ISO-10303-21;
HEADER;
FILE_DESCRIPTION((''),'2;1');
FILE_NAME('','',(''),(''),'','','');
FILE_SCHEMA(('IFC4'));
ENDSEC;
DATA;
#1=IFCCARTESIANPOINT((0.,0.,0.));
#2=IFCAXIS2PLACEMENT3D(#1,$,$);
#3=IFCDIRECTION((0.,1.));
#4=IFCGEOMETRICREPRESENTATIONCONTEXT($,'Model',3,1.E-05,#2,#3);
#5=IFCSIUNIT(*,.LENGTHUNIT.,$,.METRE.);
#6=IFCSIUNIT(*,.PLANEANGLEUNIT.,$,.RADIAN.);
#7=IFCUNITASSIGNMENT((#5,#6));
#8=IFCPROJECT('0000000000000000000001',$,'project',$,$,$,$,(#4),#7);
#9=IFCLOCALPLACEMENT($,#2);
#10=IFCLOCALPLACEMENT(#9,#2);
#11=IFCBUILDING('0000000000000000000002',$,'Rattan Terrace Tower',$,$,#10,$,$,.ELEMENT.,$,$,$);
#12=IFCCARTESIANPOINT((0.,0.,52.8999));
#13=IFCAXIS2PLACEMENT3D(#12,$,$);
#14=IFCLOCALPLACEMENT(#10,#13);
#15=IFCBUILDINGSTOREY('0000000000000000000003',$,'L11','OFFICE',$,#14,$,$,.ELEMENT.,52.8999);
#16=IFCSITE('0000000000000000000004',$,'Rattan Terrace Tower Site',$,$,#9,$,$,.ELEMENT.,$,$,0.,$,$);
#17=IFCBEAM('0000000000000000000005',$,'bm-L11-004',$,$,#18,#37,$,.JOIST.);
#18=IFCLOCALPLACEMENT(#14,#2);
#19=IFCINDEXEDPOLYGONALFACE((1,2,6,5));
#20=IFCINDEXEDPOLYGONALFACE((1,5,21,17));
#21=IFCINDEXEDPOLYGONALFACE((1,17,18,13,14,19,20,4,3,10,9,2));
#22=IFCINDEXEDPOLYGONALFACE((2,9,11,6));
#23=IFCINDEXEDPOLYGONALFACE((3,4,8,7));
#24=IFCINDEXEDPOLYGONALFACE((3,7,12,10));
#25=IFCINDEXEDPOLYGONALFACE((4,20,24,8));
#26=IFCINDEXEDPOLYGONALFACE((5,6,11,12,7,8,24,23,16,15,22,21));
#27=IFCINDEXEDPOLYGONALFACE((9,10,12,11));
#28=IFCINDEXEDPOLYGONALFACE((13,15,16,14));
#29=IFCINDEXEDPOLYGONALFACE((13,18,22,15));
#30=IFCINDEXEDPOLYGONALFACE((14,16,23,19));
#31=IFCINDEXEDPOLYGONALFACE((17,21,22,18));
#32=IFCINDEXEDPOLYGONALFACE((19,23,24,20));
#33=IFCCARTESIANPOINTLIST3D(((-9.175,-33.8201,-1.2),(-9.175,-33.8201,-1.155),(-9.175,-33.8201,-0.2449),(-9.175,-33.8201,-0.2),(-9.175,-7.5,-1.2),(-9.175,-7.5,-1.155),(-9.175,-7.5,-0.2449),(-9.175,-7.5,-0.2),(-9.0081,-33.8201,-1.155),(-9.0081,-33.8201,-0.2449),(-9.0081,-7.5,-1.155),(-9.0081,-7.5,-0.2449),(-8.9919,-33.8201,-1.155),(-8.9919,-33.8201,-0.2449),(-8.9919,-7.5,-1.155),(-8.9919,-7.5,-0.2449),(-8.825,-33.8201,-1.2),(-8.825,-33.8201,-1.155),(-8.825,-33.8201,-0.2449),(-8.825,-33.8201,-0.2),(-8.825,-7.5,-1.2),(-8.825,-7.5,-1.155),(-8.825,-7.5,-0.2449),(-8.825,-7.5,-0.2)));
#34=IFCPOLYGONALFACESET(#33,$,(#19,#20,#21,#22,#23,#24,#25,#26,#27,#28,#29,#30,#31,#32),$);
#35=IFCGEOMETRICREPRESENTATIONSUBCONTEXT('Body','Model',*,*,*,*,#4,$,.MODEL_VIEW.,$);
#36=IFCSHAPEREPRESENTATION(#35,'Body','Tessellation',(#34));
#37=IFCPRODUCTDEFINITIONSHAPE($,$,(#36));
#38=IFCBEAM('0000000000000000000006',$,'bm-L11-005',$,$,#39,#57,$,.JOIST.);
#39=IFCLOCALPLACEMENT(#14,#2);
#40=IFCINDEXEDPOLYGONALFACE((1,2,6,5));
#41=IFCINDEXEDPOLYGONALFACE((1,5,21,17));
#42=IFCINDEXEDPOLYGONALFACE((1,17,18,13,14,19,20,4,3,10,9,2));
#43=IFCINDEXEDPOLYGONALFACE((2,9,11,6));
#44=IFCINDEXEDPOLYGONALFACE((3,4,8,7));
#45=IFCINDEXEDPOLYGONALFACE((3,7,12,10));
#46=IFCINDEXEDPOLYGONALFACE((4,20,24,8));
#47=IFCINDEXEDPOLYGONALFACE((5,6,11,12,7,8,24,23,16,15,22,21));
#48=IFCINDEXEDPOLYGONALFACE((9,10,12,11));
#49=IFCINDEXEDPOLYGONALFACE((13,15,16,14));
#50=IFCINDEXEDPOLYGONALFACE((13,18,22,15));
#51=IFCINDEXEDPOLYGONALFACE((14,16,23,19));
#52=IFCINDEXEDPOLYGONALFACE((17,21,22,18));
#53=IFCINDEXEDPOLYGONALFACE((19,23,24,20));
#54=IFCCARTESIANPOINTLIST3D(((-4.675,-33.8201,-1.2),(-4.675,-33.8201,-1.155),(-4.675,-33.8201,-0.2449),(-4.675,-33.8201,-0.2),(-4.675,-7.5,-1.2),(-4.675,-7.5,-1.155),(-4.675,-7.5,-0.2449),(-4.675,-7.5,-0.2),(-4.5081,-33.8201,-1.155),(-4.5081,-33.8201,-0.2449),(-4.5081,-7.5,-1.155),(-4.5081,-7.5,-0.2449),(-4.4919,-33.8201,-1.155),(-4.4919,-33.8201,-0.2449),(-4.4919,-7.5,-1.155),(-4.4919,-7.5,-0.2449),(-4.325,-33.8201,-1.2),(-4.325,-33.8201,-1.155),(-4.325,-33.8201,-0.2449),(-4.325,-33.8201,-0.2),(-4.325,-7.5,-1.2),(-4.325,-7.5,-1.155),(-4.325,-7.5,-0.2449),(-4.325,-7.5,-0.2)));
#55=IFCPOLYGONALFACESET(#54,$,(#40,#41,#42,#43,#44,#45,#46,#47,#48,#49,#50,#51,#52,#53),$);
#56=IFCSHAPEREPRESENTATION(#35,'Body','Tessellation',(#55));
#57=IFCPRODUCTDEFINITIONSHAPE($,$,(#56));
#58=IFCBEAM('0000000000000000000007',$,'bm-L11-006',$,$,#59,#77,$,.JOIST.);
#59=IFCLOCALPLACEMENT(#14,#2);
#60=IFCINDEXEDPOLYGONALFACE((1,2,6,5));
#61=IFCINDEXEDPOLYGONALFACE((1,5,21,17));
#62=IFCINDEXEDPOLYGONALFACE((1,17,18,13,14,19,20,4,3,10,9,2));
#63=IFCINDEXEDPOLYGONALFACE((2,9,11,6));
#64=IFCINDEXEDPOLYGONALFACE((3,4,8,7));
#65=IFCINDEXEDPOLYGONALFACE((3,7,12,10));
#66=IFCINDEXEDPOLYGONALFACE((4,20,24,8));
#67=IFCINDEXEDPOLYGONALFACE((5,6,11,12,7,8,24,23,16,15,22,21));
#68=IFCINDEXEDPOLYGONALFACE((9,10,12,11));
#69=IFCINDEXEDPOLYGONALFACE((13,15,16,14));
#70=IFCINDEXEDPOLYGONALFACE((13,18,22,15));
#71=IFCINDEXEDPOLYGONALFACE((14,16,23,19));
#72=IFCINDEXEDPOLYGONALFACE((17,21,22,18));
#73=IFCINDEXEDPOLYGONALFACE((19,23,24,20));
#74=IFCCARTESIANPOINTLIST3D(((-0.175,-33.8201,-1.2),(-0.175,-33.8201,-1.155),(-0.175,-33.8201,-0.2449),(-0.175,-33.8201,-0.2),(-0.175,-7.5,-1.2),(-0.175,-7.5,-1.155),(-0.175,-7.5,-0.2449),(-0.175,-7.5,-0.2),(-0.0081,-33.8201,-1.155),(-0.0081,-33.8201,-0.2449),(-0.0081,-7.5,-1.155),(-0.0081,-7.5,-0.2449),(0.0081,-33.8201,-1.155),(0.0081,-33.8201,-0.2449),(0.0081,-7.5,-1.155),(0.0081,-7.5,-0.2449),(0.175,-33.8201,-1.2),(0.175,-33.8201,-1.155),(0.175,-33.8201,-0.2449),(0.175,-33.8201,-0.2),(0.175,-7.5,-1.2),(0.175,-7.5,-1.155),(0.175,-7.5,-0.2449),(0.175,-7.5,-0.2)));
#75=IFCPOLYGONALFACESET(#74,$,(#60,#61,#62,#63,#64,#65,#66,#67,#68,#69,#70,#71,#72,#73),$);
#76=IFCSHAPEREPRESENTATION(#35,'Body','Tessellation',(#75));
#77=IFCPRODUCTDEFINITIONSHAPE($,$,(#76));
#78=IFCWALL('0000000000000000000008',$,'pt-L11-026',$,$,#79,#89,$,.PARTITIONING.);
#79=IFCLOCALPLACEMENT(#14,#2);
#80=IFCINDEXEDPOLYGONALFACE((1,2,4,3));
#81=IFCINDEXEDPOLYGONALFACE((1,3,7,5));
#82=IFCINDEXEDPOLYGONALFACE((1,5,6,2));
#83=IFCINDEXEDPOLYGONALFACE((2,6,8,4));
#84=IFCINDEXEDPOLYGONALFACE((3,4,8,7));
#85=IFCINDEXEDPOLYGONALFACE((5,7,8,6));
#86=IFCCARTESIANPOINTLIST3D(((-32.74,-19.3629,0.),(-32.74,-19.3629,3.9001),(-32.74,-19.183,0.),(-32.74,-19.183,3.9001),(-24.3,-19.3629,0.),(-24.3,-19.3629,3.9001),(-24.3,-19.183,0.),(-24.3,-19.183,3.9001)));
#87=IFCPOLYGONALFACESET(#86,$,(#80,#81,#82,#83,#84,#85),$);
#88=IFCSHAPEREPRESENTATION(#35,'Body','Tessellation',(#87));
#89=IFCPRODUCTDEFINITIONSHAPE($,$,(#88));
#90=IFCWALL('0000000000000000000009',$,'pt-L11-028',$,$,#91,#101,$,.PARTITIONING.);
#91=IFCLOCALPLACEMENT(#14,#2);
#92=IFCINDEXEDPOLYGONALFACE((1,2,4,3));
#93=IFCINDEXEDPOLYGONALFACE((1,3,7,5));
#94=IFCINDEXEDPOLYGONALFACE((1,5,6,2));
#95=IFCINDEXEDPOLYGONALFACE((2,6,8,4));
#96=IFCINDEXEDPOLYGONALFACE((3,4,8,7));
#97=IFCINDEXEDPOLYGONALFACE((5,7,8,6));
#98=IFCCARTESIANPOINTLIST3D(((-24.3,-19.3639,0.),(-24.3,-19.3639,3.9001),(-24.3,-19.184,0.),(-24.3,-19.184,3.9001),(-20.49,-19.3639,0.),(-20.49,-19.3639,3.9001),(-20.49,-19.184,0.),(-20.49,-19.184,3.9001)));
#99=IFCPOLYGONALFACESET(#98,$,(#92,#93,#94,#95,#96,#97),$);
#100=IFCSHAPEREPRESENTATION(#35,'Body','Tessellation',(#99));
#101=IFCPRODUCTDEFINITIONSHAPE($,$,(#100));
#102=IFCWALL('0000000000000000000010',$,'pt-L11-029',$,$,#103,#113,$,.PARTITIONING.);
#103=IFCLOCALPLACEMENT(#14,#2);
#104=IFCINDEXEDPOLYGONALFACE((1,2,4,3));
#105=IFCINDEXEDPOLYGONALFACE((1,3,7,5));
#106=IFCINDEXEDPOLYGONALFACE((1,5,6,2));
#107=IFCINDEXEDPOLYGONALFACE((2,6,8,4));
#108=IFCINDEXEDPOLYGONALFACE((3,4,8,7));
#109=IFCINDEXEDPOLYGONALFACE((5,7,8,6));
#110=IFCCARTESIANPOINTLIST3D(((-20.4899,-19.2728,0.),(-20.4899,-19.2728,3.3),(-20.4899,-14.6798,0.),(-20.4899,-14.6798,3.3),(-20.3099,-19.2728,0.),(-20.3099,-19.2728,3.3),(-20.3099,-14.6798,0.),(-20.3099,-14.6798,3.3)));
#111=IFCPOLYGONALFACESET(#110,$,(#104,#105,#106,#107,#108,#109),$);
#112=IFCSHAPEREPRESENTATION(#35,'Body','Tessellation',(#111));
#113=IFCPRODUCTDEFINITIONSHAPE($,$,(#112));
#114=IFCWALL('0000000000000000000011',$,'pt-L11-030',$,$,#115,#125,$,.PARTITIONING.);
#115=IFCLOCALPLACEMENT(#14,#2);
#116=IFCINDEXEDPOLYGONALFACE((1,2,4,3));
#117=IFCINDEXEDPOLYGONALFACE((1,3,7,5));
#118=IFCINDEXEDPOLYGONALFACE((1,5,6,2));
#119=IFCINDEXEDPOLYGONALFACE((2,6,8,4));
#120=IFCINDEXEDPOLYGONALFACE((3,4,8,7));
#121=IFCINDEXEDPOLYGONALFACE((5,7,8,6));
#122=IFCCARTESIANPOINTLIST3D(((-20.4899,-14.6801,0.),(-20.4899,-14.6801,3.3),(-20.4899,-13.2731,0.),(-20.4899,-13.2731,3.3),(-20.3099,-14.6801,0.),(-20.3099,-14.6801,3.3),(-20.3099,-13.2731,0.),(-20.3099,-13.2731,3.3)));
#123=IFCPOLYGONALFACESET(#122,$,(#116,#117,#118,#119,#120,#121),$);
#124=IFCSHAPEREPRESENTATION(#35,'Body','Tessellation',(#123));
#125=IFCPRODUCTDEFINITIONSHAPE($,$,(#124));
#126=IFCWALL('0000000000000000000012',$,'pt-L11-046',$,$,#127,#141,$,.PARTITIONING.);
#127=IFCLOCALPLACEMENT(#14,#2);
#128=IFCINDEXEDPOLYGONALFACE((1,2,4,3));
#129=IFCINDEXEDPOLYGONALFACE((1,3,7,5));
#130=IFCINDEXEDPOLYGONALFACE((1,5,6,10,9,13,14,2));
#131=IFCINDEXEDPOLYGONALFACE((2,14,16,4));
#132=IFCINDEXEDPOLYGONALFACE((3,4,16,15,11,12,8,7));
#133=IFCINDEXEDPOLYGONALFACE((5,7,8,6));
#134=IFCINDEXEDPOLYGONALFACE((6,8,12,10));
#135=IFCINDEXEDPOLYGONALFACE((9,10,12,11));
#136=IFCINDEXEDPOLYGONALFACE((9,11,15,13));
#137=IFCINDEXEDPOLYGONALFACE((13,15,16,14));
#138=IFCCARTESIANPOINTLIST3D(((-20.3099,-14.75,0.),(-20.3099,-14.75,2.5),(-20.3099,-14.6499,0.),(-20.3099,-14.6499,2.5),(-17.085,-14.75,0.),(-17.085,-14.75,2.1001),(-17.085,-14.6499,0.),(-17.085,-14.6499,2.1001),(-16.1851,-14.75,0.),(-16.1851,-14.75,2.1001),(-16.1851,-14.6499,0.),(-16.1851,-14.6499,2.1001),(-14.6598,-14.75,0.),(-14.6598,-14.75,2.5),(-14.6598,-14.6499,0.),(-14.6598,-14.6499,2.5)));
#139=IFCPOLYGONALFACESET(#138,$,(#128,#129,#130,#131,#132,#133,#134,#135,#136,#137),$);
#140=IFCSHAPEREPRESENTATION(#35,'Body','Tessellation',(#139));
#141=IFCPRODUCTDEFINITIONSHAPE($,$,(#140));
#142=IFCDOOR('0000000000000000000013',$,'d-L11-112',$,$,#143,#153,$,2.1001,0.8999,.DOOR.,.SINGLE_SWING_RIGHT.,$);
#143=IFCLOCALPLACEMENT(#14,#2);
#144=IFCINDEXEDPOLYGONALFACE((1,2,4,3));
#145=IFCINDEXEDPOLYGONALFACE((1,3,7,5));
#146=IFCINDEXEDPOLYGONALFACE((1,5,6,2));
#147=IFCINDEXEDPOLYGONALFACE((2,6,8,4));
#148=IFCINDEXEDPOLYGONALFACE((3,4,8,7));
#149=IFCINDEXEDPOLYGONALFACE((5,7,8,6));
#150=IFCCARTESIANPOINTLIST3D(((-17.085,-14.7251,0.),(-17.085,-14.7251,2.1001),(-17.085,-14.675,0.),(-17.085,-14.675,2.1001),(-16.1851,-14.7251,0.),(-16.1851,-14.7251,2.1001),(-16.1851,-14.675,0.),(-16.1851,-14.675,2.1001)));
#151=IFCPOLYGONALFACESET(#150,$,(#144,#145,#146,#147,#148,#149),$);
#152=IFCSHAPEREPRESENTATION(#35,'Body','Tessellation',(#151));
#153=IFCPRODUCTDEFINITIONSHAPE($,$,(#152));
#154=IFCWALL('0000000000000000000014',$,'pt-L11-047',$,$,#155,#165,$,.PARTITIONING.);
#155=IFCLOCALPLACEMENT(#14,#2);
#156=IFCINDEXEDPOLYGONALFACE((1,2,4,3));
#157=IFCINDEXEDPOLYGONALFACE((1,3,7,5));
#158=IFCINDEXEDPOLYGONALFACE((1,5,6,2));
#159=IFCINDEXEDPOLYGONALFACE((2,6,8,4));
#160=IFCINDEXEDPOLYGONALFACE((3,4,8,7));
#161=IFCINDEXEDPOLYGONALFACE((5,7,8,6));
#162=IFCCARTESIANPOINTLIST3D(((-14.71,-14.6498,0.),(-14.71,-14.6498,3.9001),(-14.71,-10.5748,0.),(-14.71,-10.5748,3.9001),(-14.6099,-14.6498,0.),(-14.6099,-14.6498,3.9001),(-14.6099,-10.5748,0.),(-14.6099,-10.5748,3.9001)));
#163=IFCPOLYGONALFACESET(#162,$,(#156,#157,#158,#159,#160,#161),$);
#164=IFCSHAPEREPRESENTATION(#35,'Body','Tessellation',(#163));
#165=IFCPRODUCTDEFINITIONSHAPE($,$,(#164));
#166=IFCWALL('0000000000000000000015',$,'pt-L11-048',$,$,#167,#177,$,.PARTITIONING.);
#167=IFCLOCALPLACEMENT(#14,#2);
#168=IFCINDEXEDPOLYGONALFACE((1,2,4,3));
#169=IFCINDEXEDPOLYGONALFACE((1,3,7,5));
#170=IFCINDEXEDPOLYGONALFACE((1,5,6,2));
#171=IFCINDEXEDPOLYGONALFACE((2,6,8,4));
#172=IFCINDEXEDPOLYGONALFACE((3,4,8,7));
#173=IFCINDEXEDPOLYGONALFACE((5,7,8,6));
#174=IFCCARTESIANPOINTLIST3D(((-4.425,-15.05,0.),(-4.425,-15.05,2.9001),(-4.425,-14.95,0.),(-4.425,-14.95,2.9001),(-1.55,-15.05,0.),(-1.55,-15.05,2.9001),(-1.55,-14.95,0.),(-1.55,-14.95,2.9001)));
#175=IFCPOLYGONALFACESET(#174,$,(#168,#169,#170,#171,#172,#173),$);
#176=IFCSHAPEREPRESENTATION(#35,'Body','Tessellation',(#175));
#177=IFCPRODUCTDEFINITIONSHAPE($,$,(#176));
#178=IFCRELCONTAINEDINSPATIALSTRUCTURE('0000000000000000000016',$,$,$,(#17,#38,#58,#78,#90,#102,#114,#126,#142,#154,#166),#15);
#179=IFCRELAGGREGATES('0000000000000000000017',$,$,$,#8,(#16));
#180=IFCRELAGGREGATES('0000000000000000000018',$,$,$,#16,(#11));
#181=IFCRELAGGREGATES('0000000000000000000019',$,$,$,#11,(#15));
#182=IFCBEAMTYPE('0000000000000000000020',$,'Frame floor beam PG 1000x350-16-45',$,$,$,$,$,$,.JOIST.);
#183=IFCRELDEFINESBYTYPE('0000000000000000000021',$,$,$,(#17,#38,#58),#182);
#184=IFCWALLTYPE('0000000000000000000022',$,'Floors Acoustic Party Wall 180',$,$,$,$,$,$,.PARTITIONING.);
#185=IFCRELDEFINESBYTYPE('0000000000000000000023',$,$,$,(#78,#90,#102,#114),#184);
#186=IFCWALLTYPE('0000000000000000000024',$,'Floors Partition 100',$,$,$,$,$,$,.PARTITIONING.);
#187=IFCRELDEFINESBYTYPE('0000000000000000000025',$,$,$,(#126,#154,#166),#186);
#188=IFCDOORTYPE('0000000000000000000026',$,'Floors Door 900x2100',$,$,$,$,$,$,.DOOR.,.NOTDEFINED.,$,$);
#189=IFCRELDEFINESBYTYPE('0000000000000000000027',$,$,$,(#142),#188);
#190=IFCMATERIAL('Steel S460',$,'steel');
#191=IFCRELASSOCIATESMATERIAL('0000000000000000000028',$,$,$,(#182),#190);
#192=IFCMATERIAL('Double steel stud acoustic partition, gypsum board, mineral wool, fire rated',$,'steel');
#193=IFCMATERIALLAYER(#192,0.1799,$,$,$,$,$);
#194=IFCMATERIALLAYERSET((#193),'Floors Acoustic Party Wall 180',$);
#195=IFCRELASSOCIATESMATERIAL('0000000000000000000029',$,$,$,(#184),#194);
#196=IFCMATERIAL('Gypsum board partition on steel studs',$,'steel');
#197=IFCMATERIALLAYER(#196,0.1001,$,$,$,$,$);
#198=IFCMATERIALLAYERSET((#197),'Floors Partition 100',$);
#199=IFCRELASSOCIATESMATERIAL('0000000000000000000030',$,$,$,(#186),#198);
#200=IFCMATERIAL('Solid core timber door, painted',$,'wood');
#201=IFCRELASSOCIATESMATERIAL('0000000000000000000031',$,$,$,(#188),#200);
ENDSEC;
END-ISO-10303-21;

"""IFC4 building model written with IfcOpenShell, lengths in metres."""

from ifc_helpers import new_model, si_unit, direction, frame, frame_2d, origin, origin_2d, place, context, subcontext, project, spatial, rectangle, i_section, extrude, material, layer, layer_set, material_profile, profile_set, type_object, element, fill, save


model = new_model("IFC4")

# Units and contexts
model_context = context("Model", 3, precision=1e-05, world=origin(), true_north=direction((0.0, 1.0)))
body_context = subcontext(model_context, "Body", "Model", "MODEL_VIEW")
ifc_project = project(units=[si_unit("LENGTHUNIT", "METRE"), si_unit("PLANEANGLEUNIT", "RADIAN")], contexts=[model_context])

# Site, building, storey
site_placement = place(None, origin())
site = spatial("IfcSite", under=ifc_project, at=site_placement, Name="Rattan Terrace Tower Site", CompositionType="ELEMENT", RefElevation=0.0)
building_placement = place(site_placement, origin())
building = spatial("IfcBuilding", under=site, at=building_placement, Name="Rattan Terrace Tower", CompositionType="ELEMENT")
storey_placement = place(building_placement, frame((0.0, 0.0, 52.8999)))
storey = spatial("IfcBuildingStorey", under=building, at=storey_placement, Name="L11", Description="OFFICE", CompositionType="ELEMENT", Elevation=52.8999)

# Beams
ifc_material_1 = material(Name="Steel S460", Category="steel")
ifc_material_profile = material_profile(ifc_material_1, i_section(OverallWidth=0.3501, OverallDepth=1.0, WebThickness=0.0161, FlangeThickness=0.0449, at=origin_2d()), Name="PG 1000x350-16-45")
ifc_profile_set = profile_set([ifc_material_profile], Name="Steel S460")
beam_type = type_object("IfcBeamType", Name="Frame floor beam PG 1000x350-16-45", PredefinedType="JOIST", material=ifc_profile_set)
for number, where, z_axis, x_axis, name in (
    (1, (-9.0, -33.8201, -0.7), (0.0, 1.0, 0.0), (-1.0, 0.0, 0.0), "bm-L11-004"),
    (2, (-4.5, -33.8201, -0.7), (0.0, 1.0, 0.0), (-1.0, 0.0, 0.0), "bm-L11-005"),
    (3, (0.0, -33.8201, -0.7), (0.0, 1.0, 0.0), (-1.0, 0.0, 0.0), "bm-L11-006"),
):
    element("IfcBeam", number, at=place(storey_placement, frame(where, z_axis=z_axis, x_axis=x_axis)), inside=storey, type_object=beam_type, Name=name, PredefinedType="JOIST", context=body_context, shape_type="SweptSolid", body=[
        extrude(i_section(OverallWidth=0.3501, OverallDepth=1.0, WebThickness=0.0161, FlangeThickness=0.0449, at=origin_2d()), origin(), (0.0, 0.0, 1.0), 26.3201),
    ])

# Walls
ifc_material_2 = material(Name="Double steel stud acoustic partition, gypsum board, mineral wool, fire rated", Category="steel")
ifc_layer_1 = layer(ifc_material_2, 0.1799)
ifc_layer_set_1 = layer_set([ifc_layer_1], Name="Floors Acoustic Party Wall 180")
wall_type_1 = type_object("IfcWallType", Name="Floors Acoustic Party Wall 180", PredefinedType="PARTITIONING", material=ifc_layer_set_1)
wall_1_placement = place(storey_placement, frame((-24.3, -19.2729, 0.0), z_axis=(0.0, 0.0, 1.0), x_axis=(-1.0, 0.0, 0.0)))
element("IfcWall", 4, at=wall_1_placement, inside=storey, type_object=wall_type_1, Name="pt-L11-026", PredefinedType="PARTITIONING", context=body_context, shape_type="SweptSolid", body=[
    extrude(rectangle(XDim=8.4399, YDim=0.1799, at=frame_2d((4.22, 0.0))), origin(), (0.0, 0.0, 1.0), 3.9001),
])
wall_2_placement = place(storey_placement, frame((-20.49, -19.2739, 0.0), z_axis=(0.0, 0.0, 1.0), x_axis=(-1.0, 0.0, 0.0)))
element("IfcWall", 5, at=wall_2_placement, inside=storey, type_object=wall_type_1, Name="pt-L11-028", PredefinedType="PARTITIONING", context=body_context, shape_type="SweptSolid", body=[
    extrude(rectangle(XDim=3.8101, YDim=0.1799, at=frame_2d((1.905, 0.0))), origin(), (0.0, 0.0, 1.0), 3.9001),
])
wall_3_placement = place(storey_placement, frame((-20.3999, -14.6799, 0.0), z_axis=(0.0, 0.0, 1.0), x_axis=(0.0, -1.0, 0.0)))
element("IfcWall", 6, at=wall_3_placement, inside=storey, type_object=wall_type_1, Name="pt-L11-029", PredefinedType="PARTITIONING", context=body_context, shape_type="SweptSolid", body=[
    extrude(rectangle(XDim=4.593, YDim=0.1799, at=frame_2d((2.2964, 0.0))), origin(), (0.0, 0.0, 1.0), 3.3),
])
wall_4_placement = place(storey_placement, frame((-20.3999, -13.2729, 0.0), z_axis=(0.0, 0.0, 1.0), x_axis=(0.0, -1.0, 0.0)))
element("IfcWall", 7, at=wall_4_placement, inside=storey, type_object=wall_type_1, Name="pt-L11-030", PredefinedType="PARTITIONING", context=body_context, shape_type="SweptSolid", body=[
    extrude(rectangle(XDim=1.407, YDim=0.1799, at=frame_2d((0.7036, 0.0))), origin(), (0.0, 0.0, 1.0), 3.3),
])

# Wall, opening, door
ifc_material_3 = material(Name="Gypsum board partition on steel studs", Category="steel")
ifc_layer_2 = layer(ifc_material_3, 0.1001)
ifc_layer_set_2 = layer_set([ifc_layer_2], Name="Floors Partition 100")
wall_type_2 = type_object("IfcWallType", Name="Floors Partition 100", PredefinedType="PARTITIONING", material=ifc_layer_set_2)
wall_5_placement = place(storey_placement, frame((-20.3101, -14.7, 0.0), z_axis=(0.0, 0.0, 1.0), x_axis=(1.0, 0.0, 0.0)))
wall_5 = element("IfcWall", 8, at=wall_5_placement, inside=storey, type_object=wall_type_2, Name="pt-L11-046", PredefinedType="PARTITIONING", context=body_context, shape_type="SweptSolid", body=[
    extrude(rectangle(XDim=5.6501, YDim=0.1001, at=frame_2d((2.8252, 0.0))), origin(), (0.0, 0.0, 1.0), 2.5),
])
opening_1_placement = place(wall_5_placement, frame((3.2251, 0.0, 0.0)))
opening_1 = element("IfcOpeningElement", 9, at=opening_1_placement, cuts=wall_5, PredefinedType="OPENING", context=body_context, shape_type="SweptSolid", body=[
    extrude(rectangle(XDim=0.8999, YDim=2.1001, at=frame_2d((0.45, 1.05))), frame((0.0, 0.0605, 0.0), z_axis=(0.0, -1.0, 0.0), x_axis=(1.0, 0.0, 0.0)), (0.0, 0.0, 1.0), 0.1211),
])
ifc_material_4 = material(Name="Solid core timber door, painted", Category="wood")
door_type_1 = type_object("IfcDoorType", Name="Floors Door 900x2100", OperationType="NOTDEFINED", PredefinedType="DOOR", material=ifc_material_4)
door_1_placement = place(opening_1_placement, origin())
door_1 = element("IfcDoor", 10, at=door_1_placement, inside=storey, type_object=door_type_1, Name="d-L11-112", OperationType="SINGLE_SWING_RIGHT", OverallHeight=2.1001, OverallWidth=0.8999, PredefinedType="DOOR", context=body_context, shape_type="SweptSolid", body=[
    extrude(rectangle(XDim=0.8999, YDim=2.1001, at=frame_2d((0.45, 1.05))), frame((0.0, 0.0249, 0.0), z_axis=(0.0, -1.0, 0.0), x_axis=(1.0, 0.0, 0.0)), (0.0, 0.0, 1.0), 0.05),
])
fill(opening_1, door_1)

# Walls
wall_6_placement = place(storey_placement, frame((-14.6599, -14.6499, 0.0), z_axis=(0.0, 0.0, 1.0), x_axis=(0.0, 1.0, 0.0)))
element("IfcWall", 11, at=wall_6_placement, inside=storey, type_object=wall_type_2, Name="pt-L11-047", PredefinedType="PARTITIONING", context=body_context, shape_type="SweptSolid", body=[
    extrude(rectangle(XDim=4.075, YDim=0.1001, at=frame_2d((2.0376, 0.0))), origin(), (0.0, 0.0, 1.0), 3.9001),
])
wall_7_placement = place(storey_placement, frame((-4.425, -15.0, 0.0), z_axis=(0.0, 0.0, 1.0), x_axis=(1.0, 0.0, 0.0)))
element("IfcWall", 12, at=wall_7_placement, inside=storey, type_object=wall_type_2, Name="pt-L11-048", PredefinedType="PARTITIONING", context=body_context, shape_type="SweptSolid", body=[
    extrude(rectangle(XDim=2.875, YDim=0.1001, at=frame_2d((1.4375, 0.0))), origin(), (0.0, 0.0, 1.0), 2.9001),
])

save(model, "model.ifc")
